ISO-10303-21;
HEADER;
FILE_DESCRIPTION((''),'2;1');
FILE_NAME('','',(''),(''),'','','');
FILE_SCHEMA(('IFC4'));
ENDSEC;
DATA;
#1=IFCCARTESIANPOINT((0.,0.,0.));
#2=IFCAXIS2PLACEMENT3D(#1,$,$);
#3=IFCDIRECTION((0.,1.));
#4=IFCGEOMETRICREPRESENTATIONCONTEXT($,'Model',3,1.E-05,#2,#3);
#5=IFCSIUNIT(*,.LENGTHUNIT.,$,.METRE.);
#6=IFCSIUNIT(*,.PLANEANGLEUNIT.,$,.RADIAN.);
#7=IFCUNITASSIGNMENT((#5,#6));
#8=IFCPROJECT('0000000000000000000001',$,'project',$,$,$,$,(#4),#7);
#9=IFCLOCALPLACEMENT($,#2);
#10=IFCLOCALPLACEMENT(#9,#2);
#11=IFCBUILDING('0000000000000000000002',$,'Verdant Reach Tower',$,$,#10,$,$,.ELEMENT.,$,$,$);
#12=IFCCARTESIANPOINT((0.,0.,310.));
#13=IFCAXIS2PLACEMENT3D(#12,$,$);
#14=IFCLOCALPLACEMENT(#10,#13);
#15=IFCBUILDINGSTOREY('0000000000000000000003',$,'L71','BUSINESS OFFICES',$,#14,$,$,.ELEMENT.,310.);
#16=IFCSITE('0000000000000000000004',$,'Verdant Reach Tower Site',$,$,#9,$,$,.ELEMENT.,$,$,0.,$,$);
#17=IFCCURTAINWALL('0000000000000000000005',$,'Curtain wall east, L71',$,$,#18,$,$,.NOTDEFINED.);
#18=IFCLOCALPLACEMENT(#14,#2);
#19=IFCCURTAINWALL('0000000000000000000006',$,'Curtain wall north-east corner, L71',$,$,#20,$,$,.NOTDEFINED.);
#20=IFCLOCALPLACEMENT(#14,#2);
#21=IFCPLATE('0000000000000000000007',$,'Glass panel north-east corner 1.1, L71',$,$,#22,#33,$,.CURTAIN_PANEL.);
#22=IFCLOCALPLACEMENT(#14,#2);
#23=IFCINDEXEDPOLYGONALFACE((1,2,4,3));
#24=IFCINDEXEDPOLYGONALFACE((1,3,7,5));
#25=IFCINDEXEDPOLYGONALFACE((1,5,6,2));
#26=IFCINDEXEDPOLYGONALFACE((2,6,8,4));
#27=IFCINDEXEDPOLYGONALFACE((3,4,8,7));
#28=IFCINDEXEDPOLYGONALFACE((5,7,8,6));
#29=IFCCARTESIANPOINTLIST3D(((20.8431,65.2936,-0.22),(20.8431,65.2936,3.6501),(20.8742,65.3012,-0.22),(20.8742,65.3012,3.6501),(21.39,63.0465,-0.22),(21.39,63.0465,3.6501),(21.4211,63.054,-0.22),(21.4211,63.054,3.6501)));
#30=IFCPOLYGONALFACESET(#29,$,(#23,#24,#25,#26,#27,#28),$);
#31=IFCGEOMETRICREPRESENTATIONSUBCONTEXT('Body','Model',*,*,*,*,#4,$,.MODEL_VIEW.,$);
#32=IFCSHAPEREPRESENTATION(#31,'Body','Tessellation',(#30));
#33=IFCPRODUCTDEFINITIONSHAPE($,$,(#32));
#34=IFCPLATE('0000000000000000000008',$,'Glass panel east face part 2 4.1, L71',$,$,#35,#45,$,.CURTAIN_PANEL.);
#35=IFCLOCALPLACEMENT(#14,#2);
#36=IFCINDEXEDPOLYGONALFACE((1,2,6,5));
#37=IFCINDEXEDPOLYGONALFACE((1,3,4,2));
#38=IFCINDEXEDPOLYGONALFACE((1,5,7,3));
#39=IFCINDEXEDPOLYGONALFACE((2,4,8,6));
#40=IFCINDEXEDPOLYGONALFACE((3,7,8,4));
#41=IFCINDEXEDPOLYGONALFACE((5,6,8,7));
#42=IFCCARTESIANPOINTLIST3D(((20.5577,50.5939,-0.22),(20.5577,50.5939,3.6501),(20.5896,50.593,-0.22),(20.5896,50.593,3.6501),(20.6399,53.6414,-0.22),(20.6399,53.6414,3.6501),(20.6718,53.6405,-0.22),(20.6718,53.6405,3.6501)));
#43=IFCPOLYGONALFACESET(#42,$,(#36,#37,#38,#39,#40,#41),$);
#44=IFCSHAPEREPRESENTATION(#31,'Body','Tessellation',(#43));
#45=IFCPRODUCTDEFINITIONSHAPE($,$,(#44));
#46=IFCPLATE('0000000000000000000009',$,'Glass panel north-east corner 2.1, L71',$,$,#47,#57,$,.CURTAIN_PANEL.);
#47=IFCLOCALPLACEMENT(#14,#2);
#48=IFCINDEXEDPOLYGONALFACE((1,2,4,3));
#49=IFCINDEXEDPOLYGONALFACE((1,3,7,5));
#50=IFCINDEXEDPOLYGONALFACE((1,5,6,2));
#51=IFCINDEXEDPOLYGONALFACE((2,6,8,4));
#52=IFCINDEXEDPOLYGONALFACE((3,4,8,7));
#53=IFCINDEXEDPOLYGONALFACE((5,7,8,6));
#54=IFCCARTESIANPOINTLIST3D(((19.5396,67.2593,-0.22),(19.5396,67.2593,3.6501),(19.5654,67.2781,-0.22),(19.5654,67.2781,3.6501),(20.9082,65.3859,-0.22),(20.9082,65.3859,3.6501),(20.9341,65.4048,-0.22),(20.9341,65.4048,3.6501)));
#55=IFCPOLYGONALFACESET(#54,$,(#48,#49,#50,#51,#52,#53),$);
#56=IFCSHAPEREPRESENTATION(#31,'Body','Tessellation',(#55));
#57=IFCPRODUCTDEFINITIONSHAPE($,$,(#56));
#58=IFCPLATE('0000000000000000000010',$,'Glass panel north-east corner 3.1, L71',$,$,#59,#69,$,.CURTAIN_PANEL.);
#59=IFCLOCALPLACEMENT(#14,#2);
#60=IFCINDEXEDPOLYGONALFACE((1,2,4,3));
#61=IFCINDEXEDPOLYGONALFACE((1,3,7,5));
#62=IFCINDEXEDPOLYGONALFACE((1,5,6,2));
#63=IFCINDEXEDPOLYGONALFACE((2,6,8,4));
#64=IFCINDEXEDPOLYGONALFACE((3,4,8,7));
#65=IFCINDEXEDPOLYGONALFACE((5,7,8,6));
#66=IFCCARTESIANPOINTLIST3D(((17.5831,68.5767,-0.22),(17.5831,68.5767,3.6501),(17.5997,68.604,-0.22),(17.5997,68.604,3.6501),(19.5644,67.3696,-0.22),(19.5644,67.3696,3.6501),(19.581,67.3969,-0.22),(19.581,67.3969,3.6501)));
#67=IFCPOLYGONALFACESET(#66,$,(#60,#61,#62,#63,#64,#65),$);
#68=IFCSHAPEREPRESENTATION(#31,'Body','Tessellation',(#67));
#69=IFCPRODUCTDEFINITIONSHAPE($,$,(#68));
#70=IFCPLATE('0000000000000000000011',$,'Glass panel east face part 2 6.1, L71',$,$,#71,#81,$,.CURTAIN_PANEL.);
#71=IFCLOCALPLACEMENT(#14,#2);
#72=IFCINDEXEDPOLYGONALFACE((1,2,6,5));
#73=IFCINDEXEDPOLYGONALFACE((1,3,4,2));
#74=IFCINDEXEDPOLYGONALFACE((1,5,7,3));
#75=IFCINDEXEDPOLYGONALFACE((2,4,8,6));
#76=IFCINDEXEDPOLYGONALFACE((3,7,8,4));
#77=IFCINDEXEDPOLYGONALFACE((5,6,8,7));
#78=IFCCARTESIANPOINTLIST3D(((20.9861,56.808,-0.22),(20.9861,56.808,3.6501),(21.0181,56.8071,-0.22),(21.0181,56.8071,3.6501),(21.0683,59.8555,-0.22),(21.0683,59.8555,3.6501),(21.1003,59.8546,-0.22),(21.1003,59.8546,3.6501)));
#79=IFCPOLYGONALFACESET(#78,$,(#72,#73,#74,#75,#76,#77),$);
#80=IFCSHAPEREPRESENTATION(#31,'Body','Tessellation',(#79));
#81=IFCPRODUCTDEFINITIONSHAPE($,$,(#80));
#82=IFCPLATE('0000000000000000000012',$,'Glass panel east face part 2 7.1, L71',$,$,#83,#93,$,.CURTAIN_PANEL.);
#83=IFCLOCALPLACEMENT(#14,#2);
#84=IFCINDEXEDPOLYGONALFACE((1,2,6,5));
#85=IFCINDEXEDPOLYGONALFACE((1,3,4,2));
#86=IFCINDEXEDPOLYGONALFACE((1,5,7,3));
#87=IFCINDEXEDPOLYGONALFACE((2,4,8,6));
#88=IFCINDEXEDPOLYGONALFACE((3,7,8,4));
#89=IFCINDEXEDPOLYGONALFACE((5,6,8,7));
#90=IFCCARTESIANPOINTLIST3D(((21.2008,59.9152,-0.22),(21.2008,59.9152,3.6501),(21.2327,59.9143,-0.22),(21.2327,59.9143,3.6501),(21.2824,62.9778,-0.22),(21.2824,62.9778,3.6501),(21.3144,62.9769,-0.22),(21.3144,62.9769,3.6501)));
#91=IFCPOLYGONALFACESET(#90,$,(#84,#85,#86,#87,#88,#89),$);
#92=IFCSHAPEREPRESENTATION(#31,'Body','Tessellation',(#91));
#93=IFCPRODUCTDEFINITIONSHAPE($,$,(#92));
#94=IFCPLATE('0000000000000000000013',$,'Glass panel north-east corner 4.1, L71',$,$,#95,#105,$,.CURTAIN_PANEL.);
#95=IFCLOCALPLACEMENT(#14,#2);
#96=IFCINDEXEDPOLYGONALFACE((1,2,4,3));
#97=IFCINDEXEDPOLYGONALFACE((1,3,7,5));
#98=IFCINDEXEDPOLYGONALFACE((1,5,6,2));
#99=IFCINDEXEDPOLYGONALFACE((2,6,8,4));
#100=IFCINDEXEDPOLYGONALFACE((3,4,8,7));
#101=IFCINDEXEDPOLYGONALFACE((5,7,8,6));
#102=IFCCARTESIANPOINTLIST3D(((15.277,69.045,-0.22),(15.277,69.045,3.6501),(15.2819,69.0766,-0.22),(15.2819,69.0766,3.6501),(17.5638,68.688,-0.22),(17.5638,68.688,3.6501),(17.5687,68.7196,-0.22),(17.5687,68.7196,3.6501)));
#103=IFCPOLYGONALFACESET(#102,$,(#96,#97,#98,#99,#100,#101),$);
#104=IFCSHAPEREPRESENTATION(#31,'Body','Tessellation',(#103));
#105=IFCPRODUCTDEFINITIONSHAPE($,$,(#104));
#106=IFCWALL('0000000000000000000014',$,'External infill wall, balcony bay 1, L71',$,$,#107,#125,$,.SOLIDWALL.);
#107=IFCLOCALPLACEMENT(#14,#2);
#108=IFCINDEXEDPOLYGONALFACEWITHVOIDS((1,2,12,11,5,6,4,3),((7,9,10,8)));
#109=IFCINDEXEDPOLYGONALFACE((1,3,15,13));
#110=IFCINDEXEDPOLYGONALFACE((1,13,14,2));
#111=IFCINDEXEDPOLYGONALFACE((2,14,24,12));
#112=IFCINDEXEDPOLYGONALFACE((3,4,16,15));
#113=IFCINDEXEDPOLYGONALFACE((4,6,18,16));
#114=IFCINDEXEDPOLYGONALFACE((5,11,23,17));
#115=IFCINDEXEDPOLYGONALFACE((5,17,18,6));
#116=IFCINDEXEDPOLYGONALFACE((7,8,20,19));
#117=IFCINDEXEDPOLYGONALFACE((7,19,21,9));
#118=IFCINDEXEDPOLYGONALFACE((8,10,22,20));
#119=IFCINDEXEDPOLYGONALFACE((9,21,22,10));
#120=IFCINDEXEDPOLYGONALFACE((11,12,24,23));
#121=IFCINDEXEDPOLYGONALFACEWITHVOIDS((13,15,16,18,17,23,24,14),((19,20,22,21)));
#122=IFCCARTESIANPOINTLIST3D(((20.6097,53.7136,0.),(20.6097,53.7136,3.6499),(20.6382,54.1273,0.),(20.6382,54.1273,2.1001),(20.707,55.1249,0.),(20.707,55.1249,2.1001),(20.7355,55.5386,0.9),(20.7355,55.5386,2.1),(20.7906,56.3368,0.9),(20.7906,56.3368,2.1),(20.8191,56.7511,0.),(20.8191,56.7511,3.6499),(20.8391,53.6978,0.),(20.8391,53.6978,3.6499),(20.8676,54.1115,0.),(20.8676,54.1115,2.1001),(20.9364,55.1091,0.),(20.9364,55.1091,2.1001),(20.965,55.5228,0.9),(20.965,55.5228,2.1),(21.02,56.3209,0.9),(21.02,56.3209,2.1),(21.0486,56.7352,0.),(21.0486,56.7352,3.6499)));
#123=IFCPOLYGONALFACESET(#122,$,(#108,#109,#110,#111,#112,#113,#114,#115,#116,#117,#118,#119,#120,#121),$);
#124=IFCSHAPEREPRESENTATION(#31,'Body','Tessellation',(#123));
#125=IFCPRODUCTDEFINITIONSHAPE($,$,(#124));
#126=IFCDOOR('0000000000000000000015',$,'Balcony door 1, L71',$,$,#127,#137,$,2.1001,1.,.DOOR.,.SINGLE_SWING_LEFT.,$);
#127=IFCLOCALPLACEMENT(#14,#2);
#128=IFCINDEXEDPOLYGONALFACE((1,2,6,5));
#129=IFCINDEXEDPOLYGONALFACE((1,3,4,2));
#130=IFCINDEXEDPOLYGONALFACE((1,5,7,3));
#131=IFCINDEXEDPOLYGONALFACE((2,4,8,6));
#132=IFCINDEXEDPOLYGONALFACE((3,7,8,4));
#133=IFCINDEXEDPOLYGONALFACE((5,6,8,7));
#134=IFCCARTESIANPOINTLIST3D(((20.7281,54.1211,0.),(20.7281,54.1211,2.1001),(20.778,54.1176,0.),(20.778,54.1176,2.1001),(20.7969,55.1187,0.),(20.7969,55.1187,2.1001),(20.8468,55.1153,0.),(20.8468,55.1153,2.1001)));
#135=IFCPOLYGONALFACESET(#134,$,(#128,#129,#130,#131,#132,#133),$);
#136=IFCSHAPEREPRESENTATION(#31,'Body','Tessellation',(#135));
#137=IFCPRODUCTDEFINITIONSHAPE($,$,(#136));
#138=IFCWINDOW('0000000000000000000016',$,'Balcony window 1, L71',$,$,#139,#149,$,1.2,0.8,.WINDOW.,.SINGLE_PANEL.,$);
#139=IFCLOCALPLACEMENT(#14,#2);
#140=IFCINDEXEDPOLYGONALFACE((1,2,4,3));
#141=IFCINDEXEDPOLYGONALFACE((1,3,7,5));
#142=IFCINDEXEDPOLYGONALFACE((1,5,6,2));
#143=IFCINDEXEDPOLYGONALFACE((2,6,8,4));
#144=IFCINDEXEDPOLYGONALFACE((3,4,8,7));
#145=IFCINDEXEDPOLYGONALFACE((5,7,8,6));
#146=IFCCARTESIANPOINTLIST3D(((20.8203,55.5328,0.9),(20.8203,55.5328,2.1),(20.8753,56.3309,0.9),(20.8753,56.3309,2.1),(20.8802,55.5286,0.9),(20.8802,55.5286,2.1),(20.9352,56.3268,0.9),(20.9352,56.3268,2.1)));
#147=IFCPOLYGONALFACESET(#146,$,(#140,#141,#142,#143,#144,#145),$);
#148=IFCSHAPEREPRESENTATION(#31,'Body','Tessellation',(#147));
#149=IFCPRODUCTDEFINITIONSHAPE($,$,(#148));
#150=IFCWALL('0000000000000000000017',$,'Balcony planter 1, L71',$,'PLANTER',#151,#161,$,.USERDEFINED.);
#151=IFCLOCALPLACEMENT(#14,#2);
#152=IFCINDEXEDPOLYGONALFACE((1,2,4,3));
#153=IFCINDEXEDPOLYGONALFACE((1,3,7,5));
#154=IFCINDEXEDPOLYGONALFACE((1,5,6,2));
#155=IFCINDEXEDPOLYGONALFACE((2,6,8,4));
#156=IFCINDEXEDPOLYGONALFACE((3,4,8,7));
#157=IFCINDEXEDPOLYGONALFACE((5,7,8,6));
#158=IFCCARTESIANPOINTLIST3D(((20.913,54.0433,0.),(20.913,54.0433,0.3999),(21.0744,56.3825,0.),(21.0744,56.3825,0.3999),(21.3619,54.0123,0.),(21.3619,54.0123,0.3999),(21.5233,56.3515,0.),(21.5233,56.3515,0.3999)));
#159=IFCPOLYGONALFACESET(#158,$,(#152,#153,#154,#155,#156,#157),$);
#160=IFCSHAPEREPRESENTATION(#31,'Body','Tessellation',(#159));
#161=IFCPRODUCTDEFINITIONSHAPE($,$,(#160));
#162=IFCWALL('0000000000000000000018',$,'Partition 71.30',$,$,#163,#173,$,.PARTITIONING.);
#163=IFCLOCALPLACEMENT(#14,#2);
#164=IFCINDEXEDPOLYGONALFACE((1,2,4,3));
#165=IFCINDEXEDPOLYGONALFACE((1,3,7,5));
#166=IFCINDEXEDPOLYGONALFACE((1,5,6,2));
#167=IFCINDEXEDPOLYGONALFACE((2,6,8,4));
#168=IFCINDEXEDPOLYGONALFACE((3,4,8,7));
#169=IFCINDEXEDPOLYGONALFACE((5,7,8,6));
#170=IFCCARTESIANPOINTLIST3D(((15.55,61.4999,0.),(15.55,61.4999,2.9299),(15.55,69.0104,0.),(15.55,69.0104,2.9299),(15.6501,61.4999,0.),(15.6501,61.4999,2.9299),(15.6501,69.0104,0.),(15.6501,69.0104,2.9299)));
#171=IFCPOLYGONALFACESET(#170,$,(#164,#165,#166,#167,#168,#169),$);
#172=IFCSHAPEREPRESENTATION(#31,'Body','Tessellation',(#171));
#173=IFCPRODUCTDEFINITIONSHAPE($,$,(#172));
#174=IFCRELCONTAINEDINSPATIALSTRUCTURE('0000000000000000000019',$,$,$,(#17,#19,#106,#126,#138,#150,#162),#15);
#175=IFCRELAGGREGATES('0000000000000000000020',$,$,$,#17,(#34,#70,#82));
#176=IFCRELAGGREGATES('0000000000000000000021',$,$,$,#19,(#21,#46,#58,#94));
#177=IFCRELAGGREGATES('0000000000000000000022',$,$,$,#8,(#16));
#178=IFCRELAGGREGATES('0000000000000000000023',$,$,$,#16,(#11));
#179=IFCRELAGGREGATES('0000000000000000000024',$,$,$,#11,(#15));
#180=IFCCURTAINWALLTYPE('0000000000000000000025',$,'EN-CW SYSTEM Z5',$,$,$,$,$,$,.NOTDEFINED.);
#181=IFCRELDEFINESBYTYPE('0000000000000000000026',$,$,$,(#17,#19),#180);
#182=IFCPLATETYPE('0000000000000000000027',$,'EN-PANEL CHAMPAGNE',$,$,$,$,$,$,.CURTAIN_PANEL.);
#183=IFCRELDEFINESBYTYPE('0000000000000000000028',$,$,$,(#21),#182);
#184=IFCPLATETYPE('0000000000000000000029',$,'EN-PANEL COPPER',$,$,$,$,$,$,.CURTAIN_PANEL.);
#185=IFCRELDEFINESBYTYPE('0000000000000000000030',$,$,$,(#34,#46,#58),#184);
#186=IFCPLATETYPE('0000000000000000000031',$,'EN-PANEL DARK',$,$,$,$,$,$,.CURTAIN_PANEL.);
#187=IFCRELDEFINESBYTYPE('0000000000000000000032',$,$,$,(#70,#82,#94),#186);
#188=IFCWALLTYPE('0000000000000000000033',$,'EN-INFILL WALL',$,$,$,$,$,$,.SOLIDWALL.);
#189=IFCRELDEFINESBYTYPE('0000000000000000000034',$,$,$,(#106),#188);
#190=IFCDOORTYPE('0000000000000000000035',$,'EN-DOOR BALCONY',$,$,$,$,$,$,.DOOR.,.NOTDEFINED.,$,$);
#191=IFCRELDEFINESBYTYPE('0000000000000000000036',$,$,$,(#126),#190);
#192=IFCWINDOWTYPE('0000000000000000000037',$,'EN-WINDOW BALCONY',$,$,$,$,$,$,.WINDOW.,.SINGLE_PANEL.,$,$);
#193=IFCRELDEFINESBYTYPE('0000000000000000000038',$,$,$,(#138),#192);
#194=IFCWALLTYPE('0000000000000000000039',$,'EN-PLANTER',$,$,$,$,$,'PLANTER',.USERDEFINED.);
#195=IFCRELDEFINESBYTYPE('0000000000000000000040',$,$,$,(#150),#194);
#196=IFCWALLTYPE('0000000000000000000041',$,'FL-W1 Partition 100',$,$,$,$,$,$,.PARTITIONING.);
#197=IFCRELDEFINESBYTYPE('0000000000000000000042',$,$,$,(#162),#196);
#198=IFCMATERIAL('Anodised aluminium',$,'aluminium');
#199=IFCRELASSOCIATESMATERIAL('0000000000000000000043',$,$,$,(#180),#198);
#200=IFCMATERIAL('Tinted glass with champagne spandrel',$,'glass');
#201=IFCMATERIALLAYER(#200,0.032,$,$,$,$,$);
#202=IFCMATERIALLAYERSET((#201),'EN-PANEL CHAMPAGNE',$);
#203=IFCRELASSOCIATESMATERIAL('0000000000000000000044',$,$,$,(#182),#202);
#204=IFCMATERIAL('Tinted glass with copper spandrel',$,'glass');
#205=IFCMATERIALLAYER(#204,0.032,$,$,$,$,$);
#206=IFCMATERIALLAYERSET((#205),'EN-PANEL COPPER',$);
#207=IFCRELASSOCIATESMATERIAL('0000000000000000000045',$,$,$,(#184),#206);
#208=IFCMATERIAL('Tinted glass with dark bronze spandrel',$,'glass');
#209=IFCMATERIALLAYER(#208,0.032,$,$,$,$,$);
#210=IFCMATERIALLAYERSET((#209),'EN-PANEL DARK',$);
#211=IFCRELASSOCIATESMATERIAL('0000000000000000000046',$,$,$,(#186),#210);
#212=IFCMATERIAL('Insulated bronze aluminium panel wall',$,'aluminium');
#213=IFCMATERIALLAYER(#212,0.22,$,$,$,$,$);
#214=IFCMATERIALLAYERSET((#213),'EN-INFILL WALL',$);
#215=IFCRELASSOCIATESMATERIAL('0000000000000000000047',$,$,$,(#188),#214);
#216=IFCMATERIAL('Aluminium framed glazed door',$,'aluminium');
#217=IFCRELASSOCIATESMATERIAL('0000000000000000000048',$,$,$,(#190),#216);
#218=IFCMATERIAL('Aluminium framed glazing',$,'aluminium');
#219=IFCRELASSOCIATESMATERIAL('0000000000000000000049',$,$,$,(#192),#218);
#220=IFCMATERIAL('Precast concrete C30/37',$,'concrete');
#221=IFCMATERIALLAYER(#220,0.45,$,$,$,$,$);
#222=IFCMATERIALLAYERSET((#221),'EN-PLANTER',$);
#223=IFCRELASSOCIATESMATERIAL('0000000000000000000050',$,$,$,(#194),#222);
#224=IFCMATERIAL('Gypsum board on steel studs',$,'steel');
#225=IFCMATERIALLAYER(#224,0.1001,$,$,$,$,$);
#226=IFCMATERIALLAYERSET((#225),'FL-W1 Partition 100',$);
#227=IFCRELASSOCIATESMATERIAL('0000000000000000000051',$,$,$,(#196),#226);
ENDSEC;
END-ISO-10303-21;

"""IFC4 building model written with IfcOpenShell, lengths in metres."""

from ifc_helpers import new_model, si_unit, direction, frame, frame_2d, origin, origin_2d, place, context, subcontext, project, spatial, rectangle, extrude, material, layer, layer_set, type_object, element, fill, aggregate, save


model = new_model("IFC4")

# Units and contexts
model_context = context("Model", 3, precision=1e-05, world=origin(), true_north=direction((0.0, 1.0)))
body_context = subcontext(model_context, "Body", "Model", "MODEL_VIEW")
ifc_project = project(units=[si_unit("LENGTHUNIT", "METRE"), si_unit("PLANEANGLEUNIT", "RADIAN")], contexts=[model_context])

# Site, building, storey
site_placement = place(None, origin())
site = spatial("IfcSite", under=ifc_project, at=site_placement, Name="Verdant Reach Tower Site", CompositionType="ELEMENT", RefElevation=0.0)
building_placement = place(site_placement, origin())
building = spatial("IfcBuilding", under=site, at=building_placement, Name="Verdant Reach Tower", CompositionType="ELEMENT")
storey_placement = place(building_placement, frame((0.0, 0.0, 310.0)))
storey = spatial("IfcBuildingStorey", under=building, at=storey_placement, Name="L71", Description="BUSINESS OFFICES", CompositionType="ELEMENT", Elevation=310.0)

# Curtain wall
ifc_material_1 = material(Name="Anodised aluminium", Category="aluminium")
curtain_wall_type = type_object("IfcCurtainWallType", Name="EN-CW SYSTEM Z5", PredefinedType="NOTDEFINED", material=ifc_material_1)
curtain_wall_1_placement = place(storey_placement, origin())
curtain_wall_1 = element("IfcCurtainWall", 1, at=curtain_wall_1_placement, inside=storey, type_object=curtain_wall_type, Name="Curtain wall east, L71", PredefinedType="NOTDEFINED")

# Curtain wall, plate
curtain_wall_2_placement = place(storey_placement, origin())
curtain_wall_2 = element("IfcCurtainWall", 2, at=curtain_wall_2_placement, inside=storey, type_object=curtain_wall_type, Name="Curtain wall north-east corner, L71", PredefinedType="NOTDEFINED")
ifc_material_2 = material(Name="Tinted glass with champagne spandrel", Category="glass")
ifc_layer_1 = layer(ifc_material_2, 0.032)
ifc_layer_set_1 = layer_set([ifc_layer_1], Name="EN-PANEL CHAMPAGNE")
plate_type_1 = type_object("IfcPlateType", Name="EN-PANEL CHAMPAGNE", PredefinedType="CURTAIN_PANEL", material=ifc_layer_set_1)
plate_1_placement = place(storey_placement, frame((21.1321, 64.1738, -0.22), z_axis=(0.0, 0.0, 1.0), x_axis=(-0.236471, 0.971638, 0.0)))
plate_1 = element("IfcPlate", 3, at=plate_1_placement, type_object=plate_type_1, Name="Glass panel north-east corner 1.1, L71", PredefinedType="CURTAIN_PANEL", context=body_context, shape_type="SweptSolid", body=[
    extrude(rectangle(XDim=2.3127, YDim=0.032, at=origin_2d()), origin(), (0.0, 0.0, 1.0), 3.8701),
])

# Plates
ifc_material_3 = material(Name="Tinted glass with copper spandrel", Category="glass")
ifc_layer_2 = layer(ifc_material_3, 0.032)
ifc_layer_set_2 = layer_set([ifc_layer_2], Name="EN-PANEL COPPER")
plate_type_2 = type_object("IfcPlateType", Name="EN-PANEL COPPER", PredefinedType="CURTAIN_PANEL", material=ifc_layer_set_2)
plate_2_placement = place(storey_placement, frame((20.6147, 52.1172, -0.22), z_axis=(0.0, 0.0, 1.0), x_axis=(0.026965, 0.999636, 0.0)))
plate_2 = element("IfcPlate", 4, at=plate_2_placement, type_object=plate_type_2, Name="Glass panel east face part 2 4.1, L71", PredefinedType="CURTAIN_PANEL", context=body_context, shape_type="SweptSolid", body=[
    extrude(rectangle(XDim=3.0486, YDim=0.032, at=origin_2d()), origin(), (0.0, 0.0, 1.0), 3.8701),
])
plate_3_placement = place(storey_placement, frame((20.2368, 66.332, -0.22), z_axis=(0.0, 0.0, 1.0), x_axis=(-0.589927, 0.807457, 0.0)))
plate_3 = element("IfcPlate", 5, at=plate_3_placement, type_object=plate_type_2, Name="Glass panel north-east corner 2.1, L71", PredefinedType="CURTAIN_PANEL", context=body_context, shape_type="SweptSolid", body=[
    extrude(rectangle(XDim=2.3201, YDim=0.032, at=origin_2d()), origin(), (0.0, 0.0, 1.0), 3.8701),
])
plate_4_placement = place(storey_placement, frame((18.582, 67.9868, -0.22), z_axis=(0.0, 0.0, 1.0), x_axis=(-0.853989, 0.520292, 0.0)))
plate_4 = element("IfcPlate", 6, at=plate_4_placement, type_object=plate_type_2, Name="Glass panel north-east corner 3.1, L71", PredefinedType="CURTAIN_PANEL", context=body_context, shape_type="SweptSolid", body=[
    extrude(rectangle(XDim=2.3201, YDim=0.032, at=origin_2d()), origin(), (0.0, 0.0, 1.0), 3.8701),
])
ifc_material_4 = material(Name="Tinted glass with dark bronze spandrel", Category="glass")
ifc_layer_3 = layer(ifc_material_4, 0.032)
ifc_layer_set_3 = layer_set([ifc_layer_3], Name="EN-PANEL DARK")
plate_type_3 = type_object("IfcPlateType", Name="EN-PANEL DARK", PredefinedType="CURTAIN_PANEL", material=ifc_layer_set_3)
plate_5_placement = place(storey_placement, frame((21.0432, 58.3313, -0.22), z_axis=(0.0, 0.0, 1.0), x_axis=(0.026965, 0.999636, 0.0)))
plate_5 = element("IfcPlate", 7, at=plate_5_placement, type_object=plate_type_3, Name="Glass panel east face part 2 6.1, L71", PredefinedType="CURTAIN_PANEL", context=body_context, shape_type="SweptSolid", body=[
    extrude(rectangle(XDim=3.0486, YDim=0.032, at=origin_2d()), origin(), (0.0, 0.0, 1.0), 3.8701),
])
plate_6_placement = place(storey_placement, frame((21.2576, 61.446, -0.22), z_axis=(0.0, 0.0, 1.0), x_axis=(0.026643, 0.999645, 0.0)))
plate_6 = element("IfcPlate", 8, at=plate_6_placement, type_object=plate_type_3, Name="Glass panel east face part 2 7.1, L71", PredefinedType="CURTAIN_PANEL", context=body_context, shape_type="SweptSolid", body=[
    extrude(rectangle(XDim=3.0637, YDim=0.032, at=origin_2d()), origin(), (0.0, 0.0, 1.0), 3.8701),
])
aggregate(curtain_wall_1, [plate_2, plate_5, plate_6])
plate_7_placement = place(storey_placement, frame((16.4229, 68.8823, -0.22), z_axis=(0.0, 0.0, 1.0), x_axis=(-0.988033, 0.15424, 0.0)))
plate_7 = element("IfcPlate", 9, at=plate_7_placement, type_object=plate_type_3, Name="Glass panel north-east corner 4.1, L71", PredefinedType="CURTAIN_PANEL", context=body_context, shape_type="SweptSolid", body=[
    extrude(rectangle(XDim=2.3145, YDim=0.032, at=origin_2d()), origin(), (0.0, 0.0, 1.0), 3.8701),
])
aggregate(curtain_wall_2, [plate_1, plate_3, plate_4, plate_7])

# Wall, openings, door, window
ifc_material_5 = material(Name="Insulated bronze aluminium panel wall", Category="aluminium")
ifc_layer_4 = layer(ifc_material_5, 0.22)
ifc_layer_set_4 = layer_set([ifc_layer_4], Name="EN-INFILL WALL")
wall_type_1 = type_object("IfcWallType", Name="EN-INFILL WALL", PredefinedType="SOLIDWALL", material=ifc_layer_set_4)
wall_1_placement = place(storey_placement, frame((20.7244, 53.7056, 0.0), z_axis=(0.0, 0.0, 1.0), x_axis=(0.068802, 0.99763, 0.0)))
wall_1 = element("IfcWall", 10, at=wall_1_placement, inside=storey, type_object=wall_type_1, Name="External infill wall, balcony bay 1, L71", PredefinedType="SOLIDWALL", context=body_context, shape_type="SweptSolid", body=[
    extrude(rectangle(XDim=3.0447, YDim=0.23, at=frame_2d((1.5225, 0.0))), origin(), (0.0, 0.0, 1.0), 3.6499),
])
opening_1_placement = place(wall_1_placement, frame((0.4148, 0.0, 0.0)))
opening_1 = element("IfcOpeningElement", 11, at=opening_1_placement, cuts=wall_1, PredefinedType="OPENING", context=body_context, shape_type="SweptSolid", body=[
    extrude(rectangle(XDim=1.0, YDim=2.1001, at=frame_2d((0.5, 1.05))), frame((0.0, 0.125, 0.0), z_axis=(0.0, -1.0, 0.0), x_axis=(1.0, 0.0, 0.0)), (0.0, 0.0, 1.0), 0.25),
])
opening_2_placement = place(wall_1_placement, frame((1.8296, 0.0, 0.8999)))
opening_2 = element("IfcOpeningElement", 12, at=opening_2_placement, cuts=wall_1, PredefinedType="OPENING", context=body_context, shape_type="SweptSolid", body=[
    extrude(rectangle(XDim=0.8, YDim=1.2, at=frame_2d((0.3999, 0.6001))), frame((0.0, 0.125, 0.0), z_axis=(0.0, -1.0, 0.0), x_axis=(1.0, 0.0, 0.0)), (0.0, 0.0, 1.0), 0.25),
])
ifc_material_6 = material(Name="Aluminium framed glazed door", Category="aluminium")
door_type = type_object("IfcDoorType", Name="EN-DOOR BALCONY", OperationType="NOTDEFINED", PredefinedType="DOOR", material=ifc_material_6)
door_placement = place(opening_1_placement, origin())
door = element("IfcDoor", 13, at=door_placement, inside=storey, type_object=door_type, Name="Balcony door 1, L71", OperationType="SINGLE_SWING_LEFT", OverallHeight=2.1001, OverallWidth=1.0, PredefinedType="DOOR", context=body_context, shape_type="SweptSolid", body=[
    extrude(rectangle(XDim=1.0, YDim=2.1001, at=frame_2d((0.5, 1.05))), frame((0.0, 0.0249, 0.0), z_axis=(0.0, -1.0, 0.0), x_axis=(1.0, 0.0, 0.0)), (0.0, 0.0, 1.0), 0.05),
])
fill(opening_1, door)
ifc_material_7 = material(Name="Aluminium framed glazing", Category="aluminium")
window_type = type_object("IfcWindowType", Name="EN-WINDOW BALCONY", PartitioningType="SINGLE_PANEL", PredefinedType="WINDOW", material=ifc_material_7)
window_placement = place(opening_2_placement, origin())
window = element("IfcWindow", 14, at=window_placement, inside=storey, type_object=window_type, Name="Balcony window 1, L71", OverallHeight=1.2, OverallWidth=0.8, PartitioningType="SINGLE_PANEL", PredefinedType="WINDOW", context=body_context, shape_type="SweptSolid", body=[
    extrude(rectangle(XDim=0.8, YDim=1.2, at=frame_2d((0.3999, 0.6001))), frame((0.0, 0.03, 0.0), z_axis=(0.0, -1.0, 0.0), x_axis=(1.0, 0.0, 0.0)), (0.0, 0.0, 1.0), 0.0601),
])
fill(opening_2, window)

# Walls
ifc_material_8 = material(Name="Precast concrete C30/37", Category="concrete")
ifc_layer_5 = layer(ifc_material_8, 0.45)
ifc_layer_set_5 = layer_set([ifc_layer_5], Name="EN-PLANTER")
wall_type_2 = type_object("IfcWallType", Name="EN-PLANTER", ElementType="PLANTER", PredefinedType="USERDEFINED", material=ifc_layer_set_5)
wall_2_placement = place(storey_placement, frame((21.1375, 54.0278, 0.0), z_axis=(0.0, 0.0, 1.0), x_axis=(0.068827, 0.997629, 0.0)))
element("IfcWall", 15, at=wall_2_placement, inside=storey, type_object=wall_type_2, Name="Balcony planter 1, L71", ObjectType="PLANTER", PredefinedType="USERDEFINED", context=body_context, shape_type="SweptSolid", body=[
    extrude(rectangle(XDim=2.3447, YDim=0.45, at=frame_2d((1.1724, 0.0))), origin(), (0.0, 0.0, 1.0), 0.3999),
])
ifc_material_9 = material(Name="Gypsum board on steel studs", Category="steel")
ifc_layer_6 = layer(ifc_material_9, 0.1001)
ifc_layer_set_6 = layer_set([ifc_layer_6], Name="FL-W1 Partition 100")
wall_type_3 = type_object("IfcWallType", Name="FL-W1 Partition 100", PredefinedType="PARTITIONING", material=ifc_layer_set_6)
wall_3_placement = place(storey_placement, frame((15.6001, 69.0105, 0.0), z_axis=(0.0, 0.0, 1.0), x_axis=(0.0, -1.0, 0.0)))
element("IfcWall", 16, at=wall_3_placement, inside=storey, type_object=wall_type_3, Name="Partition 71.30", PredefinedType="PARTITIONING", context=body_context, shape_type="SweptSolid", body=[
    extrude(rectangle(XDim=7.5105, YDim=0.1001, at=frame_2d((3.7554, 0.0))), origin(), (0.0, 0.0, 1.0), 2.9299),
])

save(model, "model.ifc")
